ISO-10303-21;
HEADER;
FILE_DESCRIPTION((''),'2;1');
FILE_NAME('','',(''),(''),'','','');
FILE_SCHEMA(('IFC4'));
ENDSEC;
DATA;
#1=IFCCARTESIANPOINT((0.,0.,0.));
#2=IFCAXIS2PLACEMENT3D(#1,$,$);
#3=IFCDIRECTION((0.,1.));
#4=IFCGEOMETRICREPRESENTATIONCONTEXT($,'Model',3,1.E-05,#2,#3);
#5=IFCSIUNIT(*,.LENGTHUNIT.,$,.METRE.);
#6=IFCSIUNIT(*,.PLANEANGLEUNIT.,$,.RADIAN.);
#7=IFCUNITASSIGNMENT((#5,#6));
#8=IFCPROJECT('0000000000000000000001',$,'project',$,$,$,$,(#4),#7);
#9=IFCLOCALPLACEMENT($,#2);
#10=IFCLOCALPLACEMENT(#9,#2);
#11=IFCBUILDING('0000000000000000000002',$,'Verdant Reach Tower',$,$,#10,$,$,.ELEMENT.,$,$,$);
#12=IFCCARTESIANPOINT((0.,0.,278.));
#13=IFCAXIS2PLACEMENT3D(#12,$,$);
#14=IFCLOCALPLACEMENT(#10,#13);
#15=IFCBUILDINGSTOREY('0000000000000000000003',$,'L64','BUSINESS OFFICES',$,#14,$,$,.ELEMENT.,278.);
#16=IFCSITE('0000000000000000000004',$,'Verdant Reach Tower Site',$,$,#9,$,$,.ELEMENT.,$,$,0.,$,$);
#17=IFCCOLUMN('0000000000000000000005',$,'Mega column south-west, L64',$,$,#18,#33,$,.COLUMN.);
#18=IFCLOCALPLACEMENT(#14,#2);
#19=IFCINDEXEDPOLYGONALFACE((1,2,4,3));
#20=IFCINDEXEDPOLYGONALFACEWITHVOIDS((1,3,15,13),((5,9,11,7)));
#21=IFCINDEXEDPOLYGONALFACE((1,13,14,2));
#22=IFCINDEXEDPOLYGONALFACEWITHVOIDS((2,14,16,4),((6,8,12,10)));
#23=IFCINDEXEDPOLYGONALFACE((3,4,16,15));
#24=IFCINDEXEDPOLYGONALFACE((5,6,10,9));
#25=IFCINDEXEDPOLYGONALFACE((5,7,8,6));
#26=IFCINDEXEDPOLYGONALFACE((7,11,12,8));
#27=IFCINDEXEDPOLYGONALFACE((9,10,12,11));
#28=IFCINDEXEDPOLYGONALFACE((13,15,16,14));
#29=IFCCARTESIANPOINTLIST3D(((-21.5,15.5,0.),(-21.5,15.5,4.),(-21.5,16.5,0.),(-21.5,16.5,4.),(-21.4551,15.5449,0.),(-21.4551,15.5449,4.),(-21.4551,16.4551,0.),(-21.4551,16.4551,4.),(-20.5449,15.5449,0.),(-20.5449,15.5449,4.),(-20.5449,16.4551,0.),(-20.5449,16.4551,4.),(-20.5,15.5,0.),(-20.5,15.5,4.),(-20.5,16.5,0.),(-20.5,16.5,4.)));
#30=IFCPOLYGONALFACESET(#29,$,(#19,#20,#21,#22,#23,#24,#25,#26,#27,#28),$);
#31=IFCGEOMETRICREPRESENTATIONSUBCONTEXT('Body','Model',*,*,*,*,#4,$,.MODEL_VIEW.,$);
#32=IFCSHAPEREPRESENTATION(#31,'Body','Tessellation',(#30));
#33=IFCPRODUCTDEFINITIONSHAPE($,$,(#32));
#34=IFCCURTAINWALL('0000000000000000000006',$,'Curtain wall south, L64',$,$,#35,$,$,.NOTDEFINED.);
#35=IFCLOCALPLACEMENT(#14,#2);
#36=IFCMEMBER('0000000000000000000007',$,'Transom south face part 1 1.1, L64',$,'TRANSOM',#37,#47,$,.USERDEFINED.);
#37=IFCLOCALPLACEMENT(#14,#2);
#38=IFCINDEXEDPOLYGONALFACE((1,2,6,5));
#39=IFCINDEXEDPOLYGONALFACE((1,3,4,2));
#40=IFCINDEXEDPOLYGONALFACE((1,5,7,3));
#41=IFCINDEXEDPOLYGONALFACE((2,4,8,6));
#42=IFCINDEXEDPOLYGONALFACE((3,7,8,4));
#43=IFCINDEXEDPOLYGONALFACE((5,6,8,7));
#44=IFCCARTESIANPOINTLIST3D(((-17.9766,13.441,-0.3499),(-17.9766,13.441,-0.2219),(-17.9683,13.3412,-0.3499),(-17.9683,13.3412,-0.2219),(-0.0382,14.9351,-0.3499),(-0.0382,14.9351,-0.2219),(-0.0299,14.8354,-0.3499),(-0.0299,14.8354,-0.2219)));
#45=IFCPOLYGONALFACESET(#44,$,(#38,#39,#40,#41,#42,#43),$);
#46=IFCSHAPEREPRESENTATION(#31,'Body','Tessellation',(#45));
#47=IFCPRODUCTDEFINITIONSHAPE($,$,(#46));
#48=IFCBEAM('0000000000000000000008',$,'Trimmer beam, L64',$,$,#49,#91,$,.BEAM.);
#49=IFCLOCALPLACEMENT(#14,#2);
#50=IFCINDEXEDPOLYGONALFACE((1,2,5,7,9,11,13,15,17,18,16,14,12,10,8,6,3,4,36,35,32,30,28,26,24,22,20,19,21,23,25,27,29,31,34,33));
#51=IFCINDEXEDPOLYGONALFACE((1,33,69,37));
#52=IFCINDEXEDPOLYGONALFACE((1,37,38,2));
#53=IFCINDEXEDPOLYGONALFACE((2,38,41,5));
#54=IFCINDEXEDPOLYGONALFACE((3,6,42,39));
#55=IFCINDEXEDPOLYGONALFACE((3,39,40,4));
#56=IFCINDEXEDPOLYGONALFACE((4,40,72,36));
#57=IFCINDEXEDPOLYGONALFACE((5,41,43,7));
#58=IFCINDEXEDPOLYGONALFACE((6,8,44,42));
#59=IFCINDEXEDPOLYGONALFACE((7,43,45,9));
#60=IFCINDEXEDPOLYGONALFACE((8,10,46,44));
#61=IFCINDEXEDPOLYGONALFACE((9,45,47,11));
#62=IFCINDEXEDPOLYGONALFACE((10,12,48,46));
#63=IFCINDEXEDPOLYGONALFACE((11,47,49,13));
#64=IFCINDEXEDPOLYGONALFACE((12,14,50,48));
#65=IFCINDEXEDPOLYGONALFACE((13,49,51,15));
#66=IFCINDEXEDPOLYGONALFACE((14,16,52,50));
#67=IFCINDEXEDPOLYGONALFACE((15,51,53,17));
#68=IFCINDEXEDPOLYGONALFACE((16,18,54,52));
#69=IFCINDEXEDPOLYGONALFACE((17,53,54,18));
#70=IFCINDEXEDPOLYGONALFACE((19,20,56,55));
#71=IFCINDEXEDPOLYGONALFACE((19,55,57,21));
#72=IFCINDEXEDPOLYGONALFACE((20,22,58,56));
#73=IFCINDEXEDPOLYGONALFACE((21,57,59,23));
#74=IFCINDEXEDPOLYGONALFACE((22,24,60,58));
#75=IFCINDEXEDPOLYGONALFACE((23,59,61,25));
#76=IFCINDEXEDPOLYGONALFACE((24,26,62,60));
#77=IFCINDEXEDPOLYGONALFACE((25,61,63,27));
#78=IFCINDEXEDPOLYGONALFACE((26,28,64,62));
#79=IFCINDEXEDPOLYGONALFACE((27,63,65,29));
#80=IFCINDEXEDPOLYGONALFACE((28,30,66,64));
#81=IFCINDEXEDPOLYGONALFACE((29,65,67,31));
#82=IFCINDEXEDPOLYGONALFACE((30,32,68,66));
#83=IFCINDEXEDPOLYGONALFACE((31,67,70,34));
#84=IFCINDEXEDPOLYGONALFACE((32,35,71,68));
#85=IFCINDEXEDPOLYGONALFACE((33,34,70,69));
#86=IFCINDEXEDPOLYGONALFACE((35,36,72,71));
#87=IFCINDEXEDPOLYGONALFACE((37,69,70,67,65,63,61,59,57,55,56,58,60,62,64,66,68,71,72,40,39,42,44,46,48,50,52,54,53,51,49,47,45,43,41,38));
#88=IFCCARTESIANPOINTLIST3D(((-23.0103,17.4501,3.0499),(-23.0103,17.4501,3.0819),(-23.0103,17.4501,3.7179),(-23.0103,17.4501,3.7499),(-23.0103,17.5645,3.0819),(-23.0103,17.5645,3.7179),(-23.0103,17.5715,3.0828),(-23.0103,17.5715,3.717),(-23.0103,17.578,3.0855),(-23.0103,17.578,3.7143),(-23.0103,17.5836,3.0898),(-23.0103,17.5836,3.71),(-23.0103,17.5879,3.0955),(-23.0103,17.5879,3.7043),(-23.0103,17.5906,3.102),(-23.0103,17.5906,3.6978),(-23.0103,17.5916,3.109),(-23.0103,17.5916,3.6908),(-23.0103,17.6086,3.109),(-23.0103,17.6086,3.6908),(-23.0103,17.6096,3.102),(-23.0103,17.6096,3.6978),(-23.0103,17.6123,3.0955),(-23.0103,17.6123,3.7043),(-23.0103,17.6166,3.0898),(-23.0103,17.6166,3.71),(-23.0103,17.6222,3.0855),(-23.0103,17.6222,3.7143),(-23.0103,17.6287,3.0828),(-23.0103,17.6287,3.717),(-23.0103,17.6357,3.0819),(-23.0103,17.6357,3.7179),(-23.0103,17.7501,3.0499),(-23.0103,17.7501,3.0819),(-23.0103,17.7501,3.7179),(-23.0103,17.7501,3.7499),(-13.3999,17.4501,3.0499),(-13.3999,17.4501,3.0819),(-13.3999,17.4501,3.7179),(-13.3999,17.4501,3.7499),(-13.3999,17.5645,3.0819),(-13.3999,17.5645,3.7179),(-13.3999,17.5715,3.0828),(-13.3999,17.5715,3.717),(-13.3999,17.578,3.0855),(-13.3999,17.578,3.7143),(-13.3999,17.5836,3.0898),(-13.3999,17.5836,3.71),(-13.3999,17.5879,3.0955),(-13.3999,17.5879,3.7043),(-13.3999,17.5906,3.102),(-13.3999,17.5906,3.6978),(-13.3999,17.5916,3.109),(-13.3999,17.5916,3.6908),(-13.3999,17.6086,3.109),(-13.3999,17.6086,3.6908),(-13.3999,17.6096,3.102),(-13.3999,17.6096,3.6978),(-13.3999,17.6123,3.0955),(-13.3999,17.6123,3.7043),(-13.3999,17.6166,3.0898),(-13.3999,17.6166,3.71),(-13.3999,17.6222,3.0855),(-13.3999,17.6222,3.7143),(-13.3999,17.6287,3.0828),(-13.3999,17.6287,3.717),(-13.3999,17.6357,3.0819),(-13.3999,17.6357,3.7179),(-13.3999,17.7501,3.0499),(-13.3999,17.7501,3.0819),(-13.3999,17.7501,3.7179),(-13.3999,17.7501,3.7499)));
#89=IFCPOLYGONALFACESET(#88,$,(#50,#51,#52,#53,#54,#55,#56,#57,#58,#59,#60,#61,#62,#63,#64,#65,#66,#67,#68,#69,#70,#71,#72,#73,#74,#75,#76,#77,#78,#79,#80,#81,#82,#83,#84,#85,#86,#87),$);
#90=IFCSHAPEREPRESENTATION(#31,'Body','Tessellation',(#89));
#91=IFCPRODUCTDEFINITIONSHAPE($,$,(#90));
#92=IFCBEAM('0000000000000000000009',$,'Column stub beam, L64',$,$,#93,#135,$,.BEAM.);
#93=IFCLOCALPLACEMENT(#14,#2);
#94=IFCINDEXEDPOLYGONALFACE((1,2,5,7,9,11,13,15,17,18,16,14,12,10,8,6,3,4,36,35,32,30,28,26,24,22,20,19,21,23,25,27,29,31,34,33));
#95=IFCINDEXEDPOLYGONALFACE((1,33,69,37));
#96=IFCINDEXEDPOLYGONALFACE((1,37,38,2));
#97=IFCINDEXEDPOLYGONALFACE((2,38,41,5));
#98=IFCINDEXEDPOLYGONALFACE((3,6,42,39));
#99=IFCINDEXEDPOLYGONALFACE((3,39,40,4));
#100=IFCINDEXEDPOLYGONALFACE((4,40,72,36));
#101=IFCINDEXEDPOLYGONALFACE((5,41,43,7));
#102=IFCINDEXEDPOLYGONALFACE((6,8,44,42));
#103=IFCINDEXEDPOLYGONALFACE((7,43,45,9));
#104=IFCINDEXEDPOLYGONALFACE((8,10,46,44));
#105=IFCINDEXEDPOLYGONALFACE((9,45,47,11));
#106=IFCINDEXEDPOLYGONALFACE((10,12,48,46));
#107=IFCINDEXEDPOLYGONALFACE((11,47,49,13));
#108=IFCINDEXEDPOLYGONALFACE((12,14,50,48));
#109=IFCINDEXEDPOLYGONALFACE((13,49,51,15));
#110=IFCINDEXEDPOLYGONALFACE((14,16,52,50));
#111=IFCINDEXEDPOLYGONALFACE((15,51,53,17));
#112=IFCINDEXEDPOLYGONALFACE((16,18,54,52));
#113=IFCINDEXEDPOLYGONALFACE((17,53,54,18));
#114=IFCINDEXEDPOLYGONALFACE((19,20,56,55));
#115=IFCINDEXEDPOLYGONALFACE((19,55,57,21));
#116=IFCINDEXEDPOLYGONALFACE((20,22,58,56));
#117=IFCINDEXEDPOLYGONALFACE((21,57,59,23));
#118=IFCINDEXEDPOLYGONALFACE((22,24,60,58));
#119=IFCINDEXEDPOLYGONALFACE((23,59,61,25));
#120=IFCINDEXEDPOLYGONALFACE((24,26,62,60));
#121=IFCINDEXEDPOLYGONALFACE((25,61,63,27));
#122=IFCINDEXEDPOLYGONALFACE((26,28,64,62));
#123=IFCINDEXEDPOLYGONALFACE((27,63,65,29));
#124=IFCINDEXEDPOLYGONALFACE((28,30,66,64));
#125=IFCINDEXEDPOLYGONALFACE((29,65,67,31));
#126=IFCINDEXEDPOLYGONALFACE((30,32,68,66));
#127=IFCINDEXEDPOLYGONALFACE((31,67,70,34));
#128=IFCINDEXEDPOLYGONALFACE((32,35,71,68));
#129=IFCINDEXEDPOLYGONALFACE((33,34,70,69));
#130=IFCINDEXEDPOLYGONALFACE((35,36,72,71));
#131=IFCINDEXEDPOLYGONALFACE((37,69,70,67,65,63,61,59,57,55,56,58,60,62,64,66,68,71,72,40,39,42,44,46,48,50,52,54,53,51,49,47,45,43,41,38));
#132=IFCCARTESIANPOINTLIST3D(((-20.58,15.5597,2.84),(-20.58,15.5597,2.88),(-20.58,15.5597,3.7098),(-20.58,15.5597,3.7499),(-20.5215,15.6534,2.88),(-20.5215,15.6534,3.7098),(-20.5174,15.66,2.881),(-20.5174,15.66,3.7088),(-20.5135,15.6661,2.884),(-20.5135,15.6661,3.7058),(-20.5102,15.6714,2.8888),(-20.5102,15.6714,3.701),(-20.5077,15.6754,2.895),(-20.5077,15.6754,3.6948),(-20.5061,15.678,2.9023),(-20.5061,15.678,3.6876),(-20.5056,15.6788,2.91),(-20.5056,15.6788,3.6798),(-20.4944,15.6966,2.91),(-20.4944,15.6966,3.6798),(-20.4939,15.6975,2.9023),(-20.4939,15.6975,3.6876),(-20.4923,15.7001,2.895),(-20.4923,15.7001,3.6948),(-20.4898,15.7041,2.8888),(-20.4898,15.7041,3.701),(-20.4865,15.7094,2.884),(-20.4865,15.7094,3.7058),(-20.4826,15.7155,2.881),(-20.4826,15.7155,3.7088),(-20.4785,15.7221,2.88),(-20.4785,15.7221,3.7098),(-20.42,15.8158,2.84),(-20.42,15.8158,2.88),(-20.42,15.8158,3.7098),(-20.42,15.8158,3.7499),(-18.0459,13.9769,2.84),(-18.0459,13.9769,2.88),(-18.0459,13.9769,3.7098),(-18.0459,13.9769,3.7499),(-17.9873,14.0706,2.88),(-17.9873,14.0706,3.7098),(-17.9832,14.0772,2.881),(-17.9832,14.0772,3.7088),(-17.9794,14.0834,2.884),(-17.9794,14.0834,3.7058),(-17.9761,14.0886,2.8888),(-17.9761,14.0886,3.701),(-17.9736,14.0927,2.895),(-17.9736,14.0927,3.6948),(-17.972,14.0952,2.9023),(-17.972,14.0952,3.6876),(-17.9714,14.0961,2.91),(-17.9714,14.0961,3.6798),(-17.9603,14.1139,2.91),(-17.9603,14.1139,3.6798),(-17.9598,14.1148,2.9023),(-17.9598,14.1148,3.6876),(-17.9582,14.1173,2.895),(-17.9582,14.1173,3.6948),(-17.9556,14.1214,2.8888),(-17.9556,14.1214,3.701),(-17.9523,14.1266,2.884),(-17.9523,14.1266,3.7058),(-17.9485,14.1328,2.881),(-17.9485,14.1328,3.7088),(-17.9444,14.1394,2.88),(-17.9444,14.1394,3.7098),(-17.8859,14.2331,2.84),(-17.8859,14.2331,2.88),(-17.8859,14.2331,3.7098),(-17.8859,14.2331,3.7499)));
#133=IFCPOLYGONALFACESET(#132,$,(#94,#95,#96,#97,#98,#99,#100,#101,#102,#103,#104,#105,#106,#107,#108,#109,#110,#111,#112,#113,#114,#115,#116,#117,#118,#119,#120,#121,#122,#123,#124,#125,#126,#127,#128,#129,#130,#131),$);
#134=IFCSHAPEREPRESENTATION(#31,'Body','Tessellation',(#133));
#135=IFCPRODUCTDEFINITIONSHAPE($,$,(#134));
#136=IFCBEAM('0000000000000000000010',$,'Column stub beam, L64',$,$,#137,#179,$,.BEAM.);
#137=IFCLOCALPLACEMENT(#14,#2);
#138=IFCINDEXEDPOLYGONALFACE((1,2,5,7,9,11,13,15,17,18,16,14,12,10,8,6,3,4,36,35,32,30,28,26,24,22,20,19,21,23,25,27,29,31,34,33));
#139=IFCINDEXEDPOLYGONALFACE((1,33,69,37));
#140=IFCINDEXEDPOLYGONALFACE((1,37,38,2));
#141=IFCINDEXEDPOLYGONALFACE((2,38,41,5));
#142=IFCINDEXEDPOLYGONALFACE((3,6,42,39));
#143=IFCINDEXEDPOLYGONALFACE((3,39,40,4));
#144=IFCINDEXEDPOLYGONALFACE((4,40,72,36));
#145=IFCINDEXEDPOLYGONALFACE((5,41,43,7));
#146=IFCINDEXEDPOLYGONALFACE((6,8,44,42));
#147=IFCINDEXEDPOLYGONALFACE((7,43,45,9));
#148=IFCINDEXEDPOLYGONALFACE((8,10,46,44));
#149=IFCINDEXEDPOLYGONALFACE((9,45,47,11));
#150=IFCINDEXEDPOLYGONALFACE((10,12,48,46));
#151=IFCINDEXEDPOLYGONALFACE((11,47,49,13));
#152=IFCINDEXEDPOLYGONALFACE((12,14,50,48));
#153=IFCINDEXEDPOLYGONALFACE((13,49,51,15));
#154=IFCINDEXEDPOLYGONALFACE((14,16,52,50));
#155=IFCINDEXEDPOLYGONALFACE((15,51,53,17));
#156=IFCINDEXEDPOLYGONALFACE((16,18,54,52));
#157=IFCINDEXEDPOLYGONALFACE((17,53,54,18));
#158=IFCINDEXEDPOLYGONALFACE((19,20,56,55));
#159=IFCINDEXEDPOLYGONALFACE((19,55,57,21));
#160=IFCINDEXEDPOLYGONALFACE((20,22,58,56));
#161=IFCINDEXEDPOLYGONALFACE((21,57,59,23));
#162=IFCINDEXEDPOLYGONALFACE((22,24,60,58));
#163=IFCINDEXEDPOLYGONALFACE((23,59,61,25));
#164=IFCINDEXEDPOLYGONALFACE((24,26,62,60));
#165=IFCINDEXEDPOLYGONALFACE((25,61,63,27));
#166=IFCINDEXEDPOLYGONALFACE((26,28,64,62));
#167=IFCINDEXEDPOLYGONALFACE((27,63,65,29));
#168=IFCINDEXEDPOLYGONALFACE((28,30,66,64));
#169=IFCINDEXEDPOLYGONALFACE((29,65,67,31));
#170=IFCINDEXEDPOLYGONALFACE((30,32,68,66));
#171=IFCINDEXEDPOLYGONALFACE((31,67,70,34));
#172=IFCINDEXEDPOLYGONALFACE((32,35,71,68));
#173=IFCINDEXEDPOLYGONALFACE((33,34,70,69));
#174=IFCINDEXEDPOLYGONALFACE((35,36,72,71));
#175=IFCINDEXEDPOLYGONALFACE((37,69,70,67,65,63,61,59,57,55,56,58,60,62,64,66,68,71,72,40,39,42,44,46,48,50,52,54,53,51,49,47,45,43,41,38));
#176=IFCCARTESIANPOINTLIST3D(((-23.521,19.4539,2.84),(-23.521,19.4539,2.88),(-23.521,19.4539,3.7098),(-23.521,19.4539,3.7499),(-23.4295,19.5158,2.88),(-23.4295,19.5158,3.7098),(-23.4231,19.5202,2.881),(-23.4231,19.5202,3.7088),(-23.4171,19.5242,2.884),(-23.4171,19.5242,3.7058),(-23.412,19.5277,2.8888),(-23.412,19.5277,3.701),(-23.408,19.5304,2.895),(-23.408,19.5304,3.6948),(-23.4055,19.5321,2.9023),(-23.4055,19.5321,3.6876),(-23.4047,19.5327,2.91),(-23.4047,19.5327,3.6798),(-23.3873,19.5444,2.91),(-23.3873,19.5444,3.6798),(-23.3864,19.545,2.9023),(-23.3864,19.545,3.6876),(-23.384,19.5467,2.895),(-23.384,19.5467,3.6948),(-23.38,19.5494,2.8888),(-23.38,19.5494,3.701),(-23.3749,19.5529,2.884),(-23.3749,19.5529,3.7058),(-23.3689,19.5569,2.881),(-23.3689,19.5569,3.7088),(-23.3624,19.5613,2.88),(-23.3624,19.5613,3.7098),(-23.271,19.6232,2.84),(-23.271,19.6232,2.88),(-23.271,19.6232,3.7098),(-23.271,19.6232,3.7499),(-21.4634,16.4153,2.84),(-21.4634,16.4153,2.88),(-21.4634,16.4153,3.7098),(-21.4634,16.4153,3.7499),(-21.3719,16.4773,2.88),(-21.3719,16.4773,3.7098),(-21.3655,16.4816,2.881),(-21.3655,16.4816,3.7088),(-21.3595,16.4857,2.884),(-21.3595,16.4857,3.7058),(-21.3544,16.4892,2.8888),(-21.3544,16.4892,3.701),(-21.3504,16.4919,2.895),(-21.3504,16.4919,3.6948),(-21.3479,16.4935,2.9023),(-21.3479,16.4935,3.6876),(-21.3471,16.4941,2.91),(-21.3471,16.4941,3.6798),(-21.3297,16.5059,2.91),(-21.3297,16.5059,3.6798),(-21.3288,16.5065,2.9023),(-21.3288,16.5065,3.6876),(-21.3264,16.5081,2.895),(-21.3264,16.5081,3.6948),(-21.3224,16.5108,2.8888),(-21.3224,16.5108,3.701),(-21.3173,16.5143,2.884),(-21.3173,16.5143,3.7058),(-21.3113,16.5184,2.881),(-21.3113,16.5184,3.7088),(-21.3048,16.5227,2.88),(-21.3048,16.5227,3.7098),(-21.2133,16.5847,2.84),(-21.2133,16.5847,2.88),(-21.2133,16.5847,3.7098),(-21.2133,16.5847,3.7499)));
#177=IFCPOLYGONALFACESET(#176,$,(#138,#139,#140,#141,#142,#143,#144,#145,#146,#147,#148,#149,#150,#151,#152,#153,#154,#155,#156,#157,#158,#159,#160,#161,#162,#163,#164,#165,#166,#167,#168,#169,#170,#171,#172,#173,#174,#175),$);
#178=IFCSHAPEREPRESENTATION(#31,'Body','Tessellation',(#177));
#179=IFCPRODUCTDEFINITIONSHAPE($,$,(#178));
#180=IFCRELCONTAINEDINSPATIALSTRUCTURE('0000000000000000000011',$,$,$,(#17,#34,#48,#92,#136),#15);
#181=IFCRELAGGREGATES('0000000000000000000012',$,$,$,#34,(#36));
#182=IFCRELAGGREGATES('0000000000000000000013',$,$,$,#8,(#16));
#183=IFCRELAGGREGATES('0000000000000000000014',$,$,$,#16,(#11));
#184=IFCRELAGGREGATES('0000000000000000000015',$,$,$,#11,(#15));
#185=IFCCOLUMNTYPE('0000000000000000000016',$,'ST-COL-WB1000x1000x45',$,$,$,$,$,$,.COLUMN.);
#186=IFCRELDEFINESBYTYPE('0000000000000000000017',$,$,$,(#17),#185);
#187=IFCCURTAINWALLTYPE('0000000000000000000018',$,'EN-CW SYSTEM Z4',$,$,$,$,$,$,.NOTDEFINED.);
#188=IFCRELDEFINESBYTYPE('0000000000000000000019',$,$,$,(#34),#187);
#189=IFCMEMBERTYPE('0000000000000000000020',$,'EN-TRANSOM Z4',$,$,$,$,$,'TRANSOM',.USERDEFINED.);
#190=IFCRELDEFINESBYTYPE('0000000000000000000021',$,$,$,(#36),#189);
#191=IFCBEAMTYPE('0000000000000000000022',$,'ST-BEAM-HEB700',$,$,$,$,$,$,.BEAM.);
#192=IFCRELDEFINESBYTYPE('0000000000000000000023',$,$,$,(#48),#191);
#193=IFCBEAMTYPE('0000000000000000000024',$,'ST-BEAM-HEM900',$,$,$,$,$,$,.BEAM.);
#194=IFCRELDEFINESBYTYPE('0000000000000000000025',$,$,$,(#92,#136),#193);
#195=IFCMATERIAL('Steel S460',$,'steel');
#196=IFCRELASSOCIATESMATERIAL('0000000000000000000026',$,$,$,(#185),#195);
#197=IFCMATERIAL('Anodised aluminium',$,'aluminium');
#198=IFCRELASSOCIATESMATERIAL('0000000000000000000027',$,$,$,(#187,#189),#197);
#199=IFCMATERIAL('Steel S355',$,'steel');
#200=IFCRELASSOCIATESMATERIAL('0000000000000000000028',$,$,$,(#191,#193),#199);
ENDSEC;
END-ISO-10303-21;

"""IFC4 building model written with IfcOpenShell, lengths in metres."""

from ifc_helpers import new_model, si_unit, direction, frame, origin, origin_2d, place, context, subcontext, project, spatial, rectangle, hollow_rectangle, i_section, extrude, material, material_profile, profile_set, type_object, element, aggregate, save


model = new_model("IFC4")

# Units and contexts
model_context = context("Model", 3, precision=1e-05, world=origin(), true_north=direction((0.0, 1.0)))
body_context = subcontext(model_context, "Body", "Model", "MODEL_VIEW")
ifc_project = project(units=[si_unit("LENGTHUNIT", "METRE"), si_unit("PLANEANGLEUNIT", "RADIAN")], contexts=[model_context])

# Site, building, storey
site_placement = place(None, origin())
site = spatial("IfcSite", under=ifc_project, at=site_placement, Name="Verdant Reach Tower Site", CompositionType="ELEMENT", RefElevation=0.0)
building_placement = place(site_placement, origin())
building = spatial("IfcBuilding", under=site, at=building_placement, Name="Verdant Reach Tower", CompositionType="ELEMENT")
storey_placement = place(building_placement, frame((0.0, 0.0, 278.0)))
storey = spatial("IfcBuildingStorey", under=building, at=storey_placement, Name="L64", Description="BUSINESS OFFICES", CompositionType="ELEMENT", Elevation=278.0)

# Column
ifc_material_1 = material(Name="Steel S460", Category="steel")
ifc_material_profile_1 = material_profile(ifc_material_1, hollow_rectangle(XDim=1.0, YDim=1.0, WallThickness=0.0449, at=origin_2d()), Name="WB 1000x1000x45")
ifc_profile_set_1 = profile_set([ifc_material_profile_1], Name="Steel S460")
column_type = type_object("IfcColumnType", Name="ST-COL-WB1000x1000x45", PredefinedType="COLUMN", material=ifc_profile_set_1)
column_placement = place(storey_placement, frame((-21.0, 16.0, 0.0), z_axis=(0.0, 0.0, 1.0), x_axis=(1.0, 0.0, 0.0)))
element("IfcColumn", 1, at=column_placement, inside=storey, type_object=column_type, Name="Mega column south-west, L64", PredefinedType="COLUMN", context=body_context, shape_type="SweptSolid", body=[
    extrude(hollow_rectangle(XDim=1.0, YDim=1.0, WallThickness=0.0449, at=origin_2d()), origin(), (0.0, 0.0, 1.0), 4.0),
])

# Curtain wall, member
ifc_material_2 = material(Name="Anodised aluminium", Category="aluminium")
curtain_wall_type = type_object("IfcCurtainWallType", Name="EN-CW SYSTEM Z4", PredefinedType="NOTDEFINED", material=ifc_material_2)
curtain_wall_1_placement = place(storey_placement, origin())
curtain_wall_1 = element("IfcCurtainWall", 2, at=curtain_wall_1_placement, inside=storey, type_object=curtain_wall_type, Name="Curtain wall south, L64", PredefinedType="NOTDEFINED")
ifc_material_profile_2 = material_profile(ifc_material_2, rectangle(XDim=0.1001, YDim=0.1279, at=origin_2d()), Name="Transom 128x100")
ifc_profile_set_2 = profile_set([ifc_material_profile_2], Name="Anodised aluminium")
member_type = type_object("IfcMemberType", Name="EN-TRANSOM Z4", ElementType="TRANSOM", PredefinedType="USERDEFINED", material=ifc_profile_set_2)
member_placement = place(storey_placement, frame((-17.9724, 13.3911, -0.2859), z_axis=(0.996549, 0.083005, 0.0), x_axis=(-0.083005, 0.996549, 0.0)))
member = element("IfcMember", 3, at=member_placement, type_object=member_type, Name="Transom south face part 1 1.1, L64", ObjectType="TRANSOM", PredefinedType="USERDEFINED", context=body_context, shape_type="SweptSolid", body=[
    extrude(rectangle(XDim=0.1001, YDim=0.1279, at=origin_2d()), origin(), (0.0, 0.0, 1.0), 18.0005),
])

# Beams
ifc_material_3 = material(Name="Steel S355", Category="steel")
ifc_material_profile_3 = material_profile(ifc_material_3, i_section(OverallWidth=0.3, OverallDepth=0.7, WebThickness=0.0171, FlangeThickness=0.032, FilletRadius=0.0271, at=origin_2d()), Name="HEB 700")
ifc_profile_set_3 = profile_set([ifc_material_profile_3], Name="Steel S355")
beam_type_1 = type_object("IfcBeamType", Name="ST-BEAM-HEB700", PredefinedType="BEAM", material=ifc_profile_set_3)
beam_1_placement = place(storey_placement, frame((-13.3999, 17.6001, 3.3999), z_axis=(-1.0, 0.0, 0.0), x_axis=(0.0, -1.0, 0.0)))
element("IfcBeam", 4, at=beam_1_placement, inside=storey, type_object=beam_type_1, Name="Trimmer beam, L64", PredefinedType="BEAM", context=body_context, shape_type="SweptSolid", body=[
    extrude(i_section(OverallWidth=0.3, OverallDepth=0.7, WebThickness=0.0171, FlangeThickness=0.032, FilletRadius=0.0271, at=origin_2d()), origin(), (0.0, 0.0, 1.0), 9.6104),
])
ifc_material_profile_4 = material_profile(ifc_material_3, i_section(OverallWidth=0.302, OverallDepth=0.9099, WebThickness=0.021, FlangeThickness=0.04, FilletRadius=0.03, at=origin_2d()), Name="HEM 900")
ifc_profile_set_4 = profile_set([ifc_material_profile_4], Name="Steel S355")
beam_type_2 = type_object("IfcBeamType", Name="ST-BEAM-HEM900", PredefinedType="BEAM", material=ifc_profile_set_4)
beam_2_placement = place(storey_placement, frame((-20.5, 15.6877, 3.2949), z_axis=(0.848164, -0.529735, 0.0), x_axis=(0.529735, 0.848164, 0.0)))
element("IfcBeam", 5, at=beam_2_placement, inside=storey, type_object=beam_type_2, Name="Column stub beam, L64", PredefinedType="BEAM", context=body_context, shape_type="SweptSolid", body=[
    extrude(i_section(OverallWidth=0.302, OverallDepth=0.9099, WebThickness=0.021, FlangeThickness=0.04, FilletRadius=0.03, at=origin_2d()), origin(), (0.0, 0.0, 1.0), 2.9878),
])
beam_3_placement = place(storey_placement, frame((-21.3384, 16.5, 3.2949), z_axis=(-0.560704, 0.828016, 0.0), x_axis=(-0.828016, -0.560704, 0.0)))
element("IfcBeam", 6, at=beam_3_placement, inside=storey, type_object=beam_type_2, Name="Column stub beam, L64", PredefinedType="BEAM", context=body_context, shape_type="SweptSolid", body=[
    extrude(i_section(OverallWidth=0.302, OverallDepth=0.9099, WebThickness=0.021, FlangeThickness=0.04, FilletRadius=0.03, at=origin_2d()), origin(), (0.0, 0.0, 1.0), 3.6697),
])

aggregate(curtain_wall_1, [member])

save(model, "model.ifc")
